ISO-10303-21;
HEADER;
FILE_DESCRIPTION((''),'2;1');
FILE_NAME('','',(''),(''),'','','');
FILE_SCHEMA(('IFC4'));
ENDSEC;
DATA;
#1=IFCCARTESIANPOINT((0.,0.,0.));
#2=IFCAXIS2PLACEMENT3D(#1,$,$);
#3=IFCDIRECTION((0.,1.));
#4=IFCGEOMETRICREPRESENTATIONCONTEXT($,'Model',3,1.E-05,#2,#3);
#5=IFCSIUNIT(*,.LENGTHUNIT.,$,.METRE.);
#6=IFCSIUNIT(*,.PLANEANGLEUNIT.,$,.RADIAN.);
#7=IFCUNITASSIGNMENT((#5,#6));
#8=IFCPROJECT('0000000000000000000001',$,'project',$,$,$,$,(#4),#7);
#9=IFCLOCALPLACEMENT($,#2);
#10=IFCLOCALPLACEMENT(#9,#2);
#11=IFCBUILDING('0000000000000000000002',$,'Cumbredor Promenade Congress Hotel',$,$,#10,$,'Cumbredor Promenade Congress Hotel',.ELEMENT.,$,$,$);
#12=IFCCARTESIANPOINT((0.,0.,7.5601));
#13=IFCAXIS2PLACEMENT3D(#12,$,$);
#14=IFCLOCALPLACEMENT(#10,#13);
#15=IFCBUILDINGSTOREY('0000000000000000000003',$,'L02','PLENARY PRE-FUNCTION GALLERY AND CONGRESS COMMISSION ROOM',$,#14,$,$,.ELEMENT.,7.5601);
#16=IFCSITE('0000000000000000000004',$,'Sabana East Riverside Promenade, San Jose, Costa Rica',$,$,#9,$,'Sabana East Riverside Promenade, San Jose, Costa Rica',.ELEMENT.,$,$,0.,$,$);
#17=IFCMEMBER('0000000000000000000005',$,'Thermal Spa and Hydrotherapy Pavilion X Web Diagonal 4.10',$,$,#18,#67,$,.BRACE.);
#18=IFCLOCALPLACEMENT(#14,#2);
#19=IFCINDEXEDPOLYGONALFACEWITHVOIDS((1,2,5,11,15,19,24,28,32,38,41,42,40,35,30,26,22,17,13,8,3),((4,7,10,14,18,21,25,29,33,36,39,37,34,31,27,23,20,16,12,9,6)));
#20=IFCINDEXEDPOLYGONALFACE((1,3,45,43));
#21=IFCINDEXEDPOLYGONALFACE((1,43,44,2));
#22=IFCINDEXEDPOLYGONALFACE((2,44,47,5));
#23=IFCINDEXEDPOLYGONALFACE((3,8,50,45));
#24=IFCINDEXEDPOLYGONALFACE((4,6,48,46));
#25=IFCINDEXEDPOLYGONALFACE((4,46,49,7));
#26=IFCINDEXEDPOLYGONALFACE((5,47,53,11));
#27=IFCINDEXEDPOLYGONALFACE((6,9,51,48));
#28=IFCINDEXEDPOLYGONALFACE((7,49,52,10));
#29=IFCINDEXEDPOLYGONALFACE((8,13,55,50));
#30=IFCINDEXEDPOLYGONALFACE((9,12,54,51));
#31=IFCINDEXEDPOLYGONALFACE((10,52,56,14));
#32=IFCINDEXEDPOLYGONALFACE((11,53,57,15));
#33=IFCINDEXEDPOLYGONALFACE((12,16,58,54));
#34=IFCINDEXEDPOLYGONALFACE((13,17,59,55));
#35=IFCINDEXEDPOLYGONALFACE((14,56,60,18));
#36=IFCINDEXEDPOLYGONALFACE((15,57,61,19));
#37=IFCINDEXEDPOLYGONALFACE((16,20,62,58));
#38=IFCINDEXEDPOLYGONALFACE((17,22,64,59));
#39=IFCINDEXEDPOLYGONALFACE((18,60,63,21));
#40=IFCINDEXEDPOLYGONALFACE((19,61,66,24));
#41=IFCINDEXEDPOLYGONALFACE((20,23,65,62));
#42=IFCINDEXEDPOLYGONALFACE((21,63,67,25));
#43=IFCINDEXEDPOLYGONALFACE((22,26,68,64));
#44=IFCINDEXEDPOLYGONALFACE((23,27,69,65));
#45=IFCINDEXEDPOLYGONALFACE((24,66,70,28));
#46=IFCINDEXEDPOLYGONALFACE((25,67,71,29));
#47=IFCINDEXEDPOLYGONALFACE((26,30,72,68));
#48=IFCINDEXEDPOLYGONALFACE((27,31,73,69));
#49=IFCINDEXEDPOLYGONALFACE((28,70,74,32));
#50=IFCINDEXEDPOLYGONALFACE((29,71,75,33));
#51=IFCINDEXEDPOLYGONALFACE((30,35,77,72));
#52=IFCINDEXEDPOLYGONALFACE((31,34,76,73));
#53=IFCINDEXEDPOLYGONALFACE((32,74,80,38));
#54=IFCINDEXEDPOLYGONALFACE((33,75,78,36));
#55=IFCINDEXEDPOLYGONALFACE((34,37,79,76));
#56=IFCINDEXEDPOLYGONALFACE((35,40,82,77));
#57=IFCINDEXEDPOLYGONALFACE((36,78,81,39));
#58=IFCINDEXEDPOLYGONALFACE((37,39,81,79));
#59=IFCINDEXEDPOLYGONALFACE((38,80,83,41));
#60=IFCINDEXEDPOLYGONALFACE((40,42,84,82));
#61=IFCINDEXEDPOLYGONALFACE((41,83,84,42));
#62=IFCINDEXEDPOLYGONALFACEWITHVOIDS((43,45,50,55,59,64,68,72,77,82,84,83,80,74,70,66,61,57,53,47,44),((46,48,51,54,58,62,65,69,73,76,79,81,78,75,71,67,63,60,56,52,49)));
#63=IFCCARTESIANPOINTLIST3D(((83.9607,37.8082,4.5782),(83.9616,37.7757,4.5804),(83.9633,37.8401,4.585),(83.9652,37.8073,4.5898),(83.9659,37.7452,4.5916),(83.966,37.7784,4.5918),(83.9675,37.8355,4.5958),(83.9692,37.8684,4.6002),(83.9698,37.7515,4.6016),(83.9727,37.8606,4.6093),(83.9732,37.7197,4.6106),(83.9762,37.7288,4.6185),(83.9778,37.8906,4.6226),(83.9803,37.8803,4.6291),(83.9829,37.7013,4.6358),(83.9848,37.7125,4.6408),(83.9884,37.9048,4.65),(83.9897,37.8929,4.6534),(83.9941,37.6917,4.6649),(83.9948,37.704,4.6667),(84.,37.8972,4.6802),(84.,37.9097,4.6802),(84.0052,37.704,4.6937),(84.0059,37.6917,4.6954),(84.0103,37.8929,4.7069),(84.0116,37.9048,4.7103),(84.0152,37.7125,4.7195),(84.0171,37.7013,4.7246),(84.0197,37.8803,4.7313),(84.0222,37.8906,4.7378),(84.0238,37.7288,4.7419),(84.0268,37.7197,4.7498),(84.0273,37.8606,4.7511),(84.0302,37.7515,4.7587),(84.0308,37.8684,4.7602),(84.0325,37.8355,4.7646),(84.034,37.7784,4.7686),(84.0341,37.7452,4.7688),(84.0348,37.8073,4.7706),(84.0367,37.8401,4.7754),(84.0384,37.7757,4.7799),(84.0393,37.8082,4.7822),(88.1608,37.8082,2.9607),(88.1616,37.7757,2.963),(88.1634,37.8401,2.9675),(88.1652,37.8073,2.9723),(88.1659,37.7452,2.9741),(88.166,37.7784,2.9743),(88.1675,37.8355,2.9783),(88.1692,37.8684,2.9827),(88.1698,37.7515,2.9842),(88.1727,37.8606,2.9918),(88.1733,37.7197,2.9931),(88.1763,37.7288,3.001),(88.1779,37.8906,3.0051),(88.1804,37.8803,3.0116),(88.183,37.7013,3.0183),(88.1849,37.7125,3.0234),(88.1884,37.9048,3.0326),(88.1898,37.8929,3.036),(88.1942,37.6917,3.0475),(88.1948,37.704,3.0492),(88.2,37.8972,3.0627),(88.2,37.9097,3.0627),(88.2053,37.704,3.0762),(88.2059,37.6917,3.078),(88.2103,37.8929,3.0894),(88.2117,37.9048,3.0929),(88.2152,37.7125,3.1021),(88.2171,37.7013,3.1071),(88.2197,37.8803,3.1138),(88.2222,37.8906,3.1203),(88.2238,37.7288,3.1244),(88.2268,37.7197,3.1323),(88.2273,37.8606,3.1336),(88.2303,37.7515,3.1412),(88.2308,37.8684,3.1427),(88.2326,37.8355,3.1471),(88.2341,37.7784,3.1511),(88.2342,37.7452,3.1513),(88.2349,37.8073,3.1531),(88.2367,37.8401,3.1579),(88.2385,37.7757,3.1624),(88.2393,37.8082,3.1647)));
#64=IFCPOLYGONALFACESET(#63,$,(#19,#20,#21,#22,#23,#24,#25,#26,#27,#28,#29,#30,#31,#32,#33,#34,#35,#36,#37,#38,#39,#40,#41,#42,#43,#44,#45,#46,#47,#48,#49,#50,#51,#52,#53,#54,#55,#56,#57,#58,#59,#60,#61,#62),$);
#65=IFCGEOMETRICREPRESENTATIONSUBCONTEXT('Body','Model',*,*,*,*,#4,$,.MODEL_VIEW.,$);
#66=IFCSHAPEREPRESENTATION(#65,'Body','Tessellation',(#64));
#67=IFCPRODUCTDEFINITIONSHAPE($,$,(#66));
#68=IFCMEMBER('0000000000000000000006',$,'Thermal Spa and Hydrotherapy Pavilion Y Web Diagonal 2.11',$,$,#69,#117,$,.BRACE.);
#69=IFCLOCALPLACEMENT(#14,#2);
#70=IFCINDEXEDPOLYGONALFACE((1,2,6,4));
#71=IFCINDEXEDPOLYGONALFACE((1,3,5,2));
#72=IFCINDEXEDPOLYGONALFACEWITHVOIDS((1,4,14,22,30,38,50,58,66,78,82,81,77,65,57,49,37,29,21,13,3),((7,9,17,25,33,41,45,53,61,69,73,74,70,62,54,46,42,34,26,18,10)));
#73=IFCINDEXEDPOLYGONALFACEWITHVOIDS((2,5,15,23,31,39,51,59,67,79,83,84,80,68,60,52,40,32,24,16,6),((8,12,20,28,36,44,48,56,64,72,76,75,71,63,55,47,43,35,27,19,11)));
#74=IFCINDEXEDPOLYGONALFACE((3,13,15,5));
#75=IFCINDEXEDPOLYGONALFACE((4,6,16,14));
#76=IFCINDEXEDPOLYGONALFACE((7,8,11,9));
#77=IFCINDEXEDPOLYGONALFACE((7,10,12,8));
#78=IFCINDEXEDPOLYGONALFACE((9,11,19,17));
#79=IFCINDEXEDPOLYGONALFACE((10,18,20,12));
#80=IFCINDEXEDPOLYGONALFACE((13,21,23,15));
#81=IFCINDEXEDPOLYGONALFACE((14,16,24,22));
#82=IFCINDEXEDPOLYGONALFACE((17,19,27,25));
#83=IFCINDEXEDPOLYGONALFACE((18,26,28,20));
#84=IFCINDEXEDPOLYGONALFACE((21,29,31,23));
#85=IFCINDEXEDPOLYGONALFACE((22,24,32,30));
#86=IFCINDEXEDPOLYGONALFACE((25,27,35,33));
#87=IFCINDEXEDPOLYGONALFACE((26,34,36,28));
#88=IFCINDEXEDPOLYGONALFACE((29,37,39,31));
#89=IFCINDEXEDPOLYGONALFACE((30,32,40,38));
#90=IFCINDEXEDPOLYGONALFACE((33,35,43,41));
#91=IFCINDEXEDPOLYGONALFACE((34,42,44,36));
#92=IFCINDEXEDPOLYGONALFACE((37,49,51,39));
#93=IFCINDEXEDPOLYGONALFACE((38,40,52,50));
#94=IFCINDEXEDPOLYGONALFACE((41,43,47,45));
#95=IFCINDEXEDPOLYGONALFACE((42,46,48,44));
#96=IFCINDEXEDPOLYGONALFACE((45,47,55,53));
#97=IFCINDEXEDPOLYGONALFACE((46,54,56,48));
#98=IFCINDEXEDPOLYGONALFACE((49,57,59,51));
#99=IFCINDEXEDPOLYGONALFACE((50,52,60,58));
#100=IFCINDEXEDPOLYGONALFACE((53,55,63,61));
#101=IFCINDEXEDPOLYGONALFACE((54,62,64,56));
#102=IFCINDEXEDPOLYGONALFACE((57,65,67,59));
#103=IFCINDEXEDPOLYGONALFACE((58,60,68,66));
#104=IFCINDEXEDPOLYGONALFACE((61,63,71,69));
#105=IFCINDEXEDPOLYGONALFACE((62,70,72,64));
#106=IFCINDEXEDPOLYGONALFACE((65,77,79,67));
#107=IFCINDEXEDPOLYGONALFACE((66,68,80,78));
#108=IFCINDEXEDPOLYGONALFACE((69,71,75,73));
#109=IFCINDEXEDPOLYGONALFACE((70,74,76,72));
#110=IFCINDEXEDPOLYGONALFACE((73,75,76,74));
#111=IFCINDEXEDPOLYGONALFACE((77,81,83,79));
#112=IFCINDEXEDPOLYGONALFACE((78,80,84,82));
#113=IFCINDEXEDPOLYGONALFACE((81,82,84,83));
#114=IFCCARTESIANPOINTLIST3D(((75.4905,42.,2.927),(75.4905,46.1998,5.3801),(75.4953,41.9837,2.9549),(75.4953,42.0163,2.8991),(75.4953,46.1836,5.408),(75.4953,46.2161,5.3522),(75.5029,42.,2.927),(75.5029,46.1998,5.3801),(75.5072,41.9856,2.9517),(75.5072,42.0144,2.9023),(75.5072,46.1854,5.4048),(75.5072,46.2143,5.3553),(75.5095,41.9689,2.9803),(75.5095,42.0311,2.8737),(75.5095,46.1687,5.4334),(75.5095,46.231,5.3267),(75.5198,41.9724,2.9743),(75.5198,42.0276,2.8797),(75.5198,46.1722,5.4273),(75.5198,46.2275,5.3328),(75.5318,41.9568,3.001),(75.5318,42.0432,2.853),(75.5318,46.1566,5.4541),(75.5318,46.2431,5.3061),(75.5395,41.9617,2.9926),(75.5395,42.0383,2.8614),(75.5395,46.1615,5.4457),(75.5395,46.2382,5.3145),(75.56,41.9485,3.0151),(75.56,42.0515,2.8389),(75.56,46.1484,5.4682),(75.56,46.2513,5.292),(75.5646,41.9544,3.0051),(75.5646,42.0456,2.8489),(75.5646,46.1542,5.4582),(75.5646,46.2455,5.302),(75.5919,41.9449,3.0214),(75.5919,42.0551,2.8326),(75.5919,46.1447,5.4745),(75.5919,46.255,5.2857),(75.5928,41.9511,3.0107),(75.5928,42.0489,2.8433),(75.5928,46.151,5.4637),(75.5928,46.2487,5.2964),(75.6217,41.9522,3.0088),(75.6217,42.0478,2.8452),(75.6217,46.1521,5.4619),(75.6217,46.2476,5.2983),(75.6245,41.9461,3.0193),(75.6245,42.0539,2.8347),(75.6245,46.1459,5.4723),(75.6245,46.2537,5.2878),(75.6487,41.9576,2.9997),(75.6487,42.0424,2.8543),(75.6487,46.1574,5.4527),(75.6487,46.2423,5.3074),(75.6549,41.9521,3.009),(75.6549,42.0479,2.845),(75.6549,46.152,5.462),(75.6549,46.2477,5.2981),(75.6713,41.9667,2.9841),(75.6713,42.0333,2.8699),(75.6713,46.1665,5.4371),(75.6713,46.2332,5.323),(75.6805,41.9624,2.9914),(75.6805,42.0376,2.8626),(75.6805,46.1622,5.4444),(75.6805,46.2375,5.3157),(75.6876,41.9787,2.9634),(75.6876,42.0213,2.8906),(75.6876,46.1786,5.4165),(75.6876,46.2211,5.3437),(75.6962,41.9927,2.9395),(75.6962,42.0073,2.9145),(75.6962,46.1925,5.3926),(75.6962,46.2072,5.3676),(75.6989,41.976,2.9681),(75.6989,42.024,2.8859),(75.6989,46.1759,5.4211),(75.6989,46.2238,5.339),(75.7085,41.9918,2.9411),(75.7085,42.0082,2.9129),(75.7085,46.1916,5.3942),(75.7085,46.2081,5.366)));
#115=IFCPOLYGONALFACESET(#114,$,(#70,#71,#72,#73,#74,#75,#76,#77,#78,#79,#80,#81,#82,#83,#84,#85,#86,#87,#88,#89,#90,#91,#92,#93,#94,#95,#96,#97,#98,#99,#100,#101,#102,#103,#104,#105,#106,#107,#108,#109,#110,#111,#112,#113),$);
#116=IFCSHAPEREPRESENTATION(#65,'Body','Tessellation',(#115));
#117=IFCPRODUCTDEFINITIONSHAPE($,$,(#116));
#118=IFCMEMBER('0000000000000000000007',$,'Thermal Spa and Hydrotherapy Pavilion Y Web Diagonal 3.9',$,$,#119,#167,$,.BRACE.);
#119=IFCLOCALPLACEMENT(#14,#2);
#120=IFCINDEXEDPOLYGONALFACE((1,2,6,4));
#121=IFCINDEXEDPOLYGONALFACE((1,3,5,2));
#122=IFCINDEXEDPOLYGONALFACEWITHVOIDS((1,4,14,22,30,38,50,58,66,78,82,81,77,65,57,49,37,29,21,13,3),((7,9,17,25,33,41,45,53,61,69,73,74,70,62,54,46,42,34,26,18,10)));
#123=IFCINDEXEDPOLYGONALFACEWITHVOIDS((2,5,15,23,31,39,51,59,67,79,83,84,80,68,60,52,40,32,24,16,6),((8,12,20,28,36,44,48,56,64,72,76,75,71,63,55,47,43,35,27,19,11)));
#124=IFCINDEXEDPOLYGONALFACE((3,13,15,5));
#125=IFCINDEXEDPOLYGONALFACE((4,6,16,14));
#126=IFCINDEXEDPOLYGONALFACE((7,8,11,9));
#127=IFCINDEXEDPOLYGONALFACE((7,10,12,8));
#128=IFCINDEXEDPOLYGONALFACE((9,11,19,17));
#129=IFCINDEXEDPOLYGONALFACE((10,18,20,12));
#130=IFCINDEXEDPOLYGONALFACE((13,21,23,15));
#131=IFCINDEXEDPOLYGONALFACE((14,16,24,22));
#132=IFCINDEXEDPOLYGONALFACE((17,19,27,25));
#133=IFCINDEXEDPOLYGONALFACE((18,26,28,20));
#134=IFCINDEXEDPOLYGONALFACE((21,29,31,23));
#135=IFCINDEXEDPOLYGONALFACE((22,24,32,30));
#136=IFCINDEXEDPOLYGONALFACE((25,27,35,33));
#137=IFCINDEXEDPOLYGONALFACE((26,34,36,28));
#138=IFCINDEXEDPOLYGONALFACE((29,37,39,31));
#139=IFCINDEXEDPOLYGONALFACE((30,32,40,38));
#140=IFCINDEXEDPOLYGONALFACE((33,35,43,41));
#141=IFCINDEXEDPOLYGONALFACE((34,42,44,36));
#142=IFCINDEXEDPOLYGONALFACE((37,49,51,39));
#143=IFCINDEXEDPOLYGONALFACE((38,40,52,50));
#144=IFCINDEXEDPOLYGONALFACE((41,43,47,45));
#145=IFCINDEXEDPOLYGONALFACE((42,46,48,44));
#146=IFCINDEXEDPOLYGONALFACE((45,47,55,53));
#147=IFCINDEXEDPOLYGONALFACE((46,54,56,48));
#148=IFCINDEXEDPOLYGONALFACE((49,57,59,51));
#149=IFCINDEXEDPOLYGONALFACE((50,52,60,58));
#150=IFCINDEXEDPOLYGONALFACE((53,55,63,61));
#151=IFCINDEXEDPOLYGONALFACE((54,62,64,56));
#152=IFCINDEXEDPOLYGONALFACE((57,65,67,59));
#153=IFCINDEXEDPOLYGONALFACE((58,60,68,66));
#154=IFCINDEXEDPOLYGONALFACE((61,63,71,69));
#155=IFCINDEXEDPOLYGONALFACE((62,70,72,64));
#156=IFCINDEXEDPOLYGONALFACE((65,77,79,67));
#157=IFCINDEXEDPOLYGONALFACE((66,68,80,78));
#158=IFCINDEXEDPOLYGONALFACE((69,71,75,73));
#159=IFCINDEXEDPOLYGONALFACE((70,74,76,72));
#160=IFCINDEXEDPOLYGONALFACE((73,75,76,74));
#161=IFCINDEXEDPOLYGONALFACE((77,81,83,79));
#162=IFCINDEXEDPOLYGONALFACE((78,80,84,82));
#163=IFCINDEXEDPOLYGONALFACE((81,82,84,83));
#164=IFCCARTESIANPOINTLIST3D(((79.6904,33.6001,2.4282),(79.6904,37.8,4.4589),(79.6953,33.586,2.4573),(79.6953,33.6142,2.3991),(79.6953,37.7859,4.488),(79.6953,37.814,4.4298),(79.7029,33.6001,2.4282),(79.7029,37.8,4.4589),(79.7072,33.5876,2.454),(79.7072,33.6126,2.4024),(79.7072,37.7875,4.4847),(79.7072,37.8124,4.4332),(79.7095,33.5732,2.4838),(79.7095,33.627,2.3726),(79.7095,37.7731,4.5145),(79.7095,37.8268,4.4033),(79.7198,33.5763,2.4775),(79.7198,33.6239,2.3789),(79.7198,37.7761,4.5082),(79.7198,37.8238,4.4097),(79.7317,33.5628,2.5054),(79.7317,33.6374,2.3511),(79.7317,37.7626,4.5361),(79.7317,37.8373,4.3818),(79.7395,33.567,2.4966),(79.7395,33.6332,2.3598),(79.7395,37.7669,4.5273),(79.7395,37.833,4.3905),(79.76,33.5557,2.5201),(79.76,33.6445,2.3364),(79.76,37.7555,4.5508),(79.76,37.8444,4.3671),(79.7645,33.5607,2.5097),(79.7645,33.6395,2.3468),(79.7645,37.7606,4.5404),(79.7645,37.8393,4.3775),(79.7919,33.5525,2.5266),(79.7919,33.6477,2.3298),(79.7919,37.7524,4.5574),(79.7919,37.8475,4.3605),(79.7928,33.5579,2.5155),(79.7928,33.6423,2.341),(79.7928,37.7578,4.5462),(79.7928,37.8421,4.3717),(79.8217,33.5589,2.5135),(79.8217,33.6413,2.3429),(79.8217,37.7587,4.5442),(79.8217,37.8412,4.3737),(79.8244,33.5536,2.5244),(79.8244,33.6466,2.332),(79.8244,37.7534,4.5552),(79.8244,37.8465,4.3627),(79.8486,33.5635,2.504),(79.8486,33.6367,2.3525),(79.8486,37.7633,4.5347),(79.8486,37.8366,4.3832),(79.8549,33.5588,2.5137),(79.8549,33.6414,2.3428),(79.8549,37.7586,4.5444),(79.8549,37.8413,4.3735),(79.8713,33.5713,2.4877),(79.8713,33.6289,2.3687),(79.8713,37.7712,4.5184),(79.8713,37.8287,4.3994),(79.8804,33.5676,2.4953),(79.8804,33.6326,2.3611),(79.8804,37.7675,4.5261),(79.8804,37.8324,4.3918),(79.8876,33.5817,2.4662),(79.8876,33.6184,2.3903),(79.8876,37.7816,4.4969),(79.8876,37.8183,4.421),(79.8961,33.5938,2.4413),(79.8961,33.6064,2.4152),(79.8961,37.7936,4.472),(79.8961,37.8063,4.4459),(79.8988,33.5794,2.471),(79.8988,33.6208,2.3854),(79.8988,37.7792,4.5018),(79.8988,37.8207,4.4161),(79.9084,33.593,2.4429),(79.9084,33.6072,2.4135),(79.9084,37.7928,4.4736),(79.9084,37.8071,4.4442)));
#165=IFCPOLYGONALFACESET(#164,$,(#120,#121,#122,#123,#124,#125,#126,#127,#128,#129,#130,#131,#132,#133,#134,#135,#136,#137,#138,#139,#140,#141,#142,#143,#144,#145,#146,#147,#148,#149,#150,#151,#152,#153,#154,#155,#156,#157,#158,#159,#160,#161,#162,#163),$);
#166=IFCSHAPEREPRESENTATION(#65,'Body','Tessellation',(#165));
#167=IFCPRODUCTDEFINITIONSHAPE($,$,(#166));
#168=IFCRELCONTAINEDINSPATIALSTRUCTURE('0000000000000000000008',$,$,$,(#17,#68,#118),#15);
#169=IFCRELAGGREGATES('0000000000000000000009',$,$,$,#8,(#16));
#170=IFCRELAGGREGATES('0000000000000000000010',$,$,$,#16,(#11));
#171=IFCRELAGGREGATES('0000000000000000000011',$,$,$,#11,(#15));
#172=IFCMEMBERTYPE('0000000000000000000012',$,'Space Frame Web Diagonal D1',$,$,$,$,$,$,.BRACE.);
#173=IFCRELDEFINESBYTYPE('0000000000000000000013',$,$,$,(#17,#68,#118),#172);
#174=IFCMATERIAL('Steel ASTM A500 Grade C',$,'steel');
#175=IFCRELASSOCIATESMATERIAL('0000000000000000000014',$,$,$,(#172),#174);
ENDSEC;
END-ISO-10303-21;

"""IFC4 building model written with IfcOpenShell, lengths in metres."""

from ifc_helpers import new_model, si_unit, direction, frame, origin, origin_2d, place, context, subcontext, project, spatial, hollow_circle, extrude, material, material_profile, profile_set, type_object, element, save


model = new_model("IFC4")

# Units and contexts
model_context = context("Model", 3, precision=1e-05, world=origin(), true_north=direction((0.0, 1.0)))
body_context = subcontext(model_context, "Body", "Model", "MODEL_VIEW")
ifc_project = project(units=[si_unit("LENGTHUNIT", "METRE"), si_unit("PLANEANGLEUNIT", "RADIAN")], contexts=[model_context])

# Site, building, storey
site_placement = place(None, origin())
site = spatial("IfcSite", under=ifc_project, at=site_placement, Name="Sabana East Riverside Promenade, San Jose, Costa Rica", LongName="Sabana East Riverside Promenade, San Jose, Costa Rica", CompositionType="ELEMENT", RefElevation=0.0)
building_placement = place(site_placement, origin())
building = spatial("IfcBuilding", under=site, at=building_placement, Name="Cumbredor Promenade Congress Hotel", LongName="Cumbredor Promenade Congress Hotel", CompositionType="ELEMENT")
storey_placement = place(building_placement, frame((0.0, 0.0, 7.5601)))
storey = spatial("IfcBuildingStorey", under=building, at=storey_placement, Name="L02", Description="PLENARY PRE-FUNCTION GALLERY AND CONGRESS COMMISSION ROOM", CompositionType="ELEMENT", Elevation=7.5601)

# Members
ifc_material_1 = material(Name="Steel ASTM A500 Grade C", Category="steel")
ifc_material_profile_1 = material_profile(ifc_material_1, hollow_circle(Radius=0.1096, WallThickness=0.0125, at=origin_2d()), Name="CHS 219.1x12.5")
ifc_profile_set_1 = profile_set([ifc_material_profile_1], Name="Steel ASTM A500 Grade C")
member_type_1 = type_object("IfcMemberType", Name="Space Frame Web Diagonal D1", PredefinedType="BRACE", material=ifc_profile_set_1)
member_1_placement = place(storey_placement, frame((84.0, 37.8, 4.6802), z_axis=(0.933192, 0.0, -0.359379), x_axis=(0.0, 1.0, 0.0)))
element("IfcMember", 1, at=member_1_placement, inside=storey, type_object=member_type_1, Name="Thermal Spa and Hydrotherapy Pavilion X Web Diagonal 4.10", PredefinedType="BRACE", context=body_context, shape_type="SweptSolid", body=[
    extrude(hollow_circle(Radius=0.1096, WallThickness=0.0125, at=origin_2d()), origin(), (0.0, 0.0, 1.0), 4.5007),
])
member_2_placement = place(storey_placement, frame((75.6001, 42.0, 2.927), z_axis=(0.0, 0.863497, 0.504355), x_axis=(-1.0, 0.0, 0.0)))
element("IfcMember", 2, at=member_2_placement, inside=storey, type_object=member_type_1, Name="Thermal Spa and Hydrotherapy Pavilion Y Web Diagonal 2.11", PredefinedType="BRACE", context=body_context, shape_type="SweptSolid", body=[
    extrude(hollow_circle(Radius=0.1096, WallThickness=0.0125, at=origin_2d()), origin(), (0.0, 0.0, 1.0), 4.8638),
])
member_3_placement = place(storey_placement, frame((79.8, 33.6001, 2.4282), z_axis=(0.0, 0.900283, 0.435305), x_axis=(-1.0, 0.0, 0.0)))
element("IfcMember", 3, at=member_3_placement, inside=storey, type_object=member_type_1, Name="Thermal Spa and Hydrotherapy Pavilion Y Web Diagonal 3.9", PredefinedType="BRACE", context=body_context, shape_type="SweptSolid", body=[
    extrude(hollow_circle(Radius=0.1096, WallThickness=0.0125, at=origin_2d()), origin(), (0.0, 0.0, 1.0), 4.665),
])

save(model, "model.ifc")
